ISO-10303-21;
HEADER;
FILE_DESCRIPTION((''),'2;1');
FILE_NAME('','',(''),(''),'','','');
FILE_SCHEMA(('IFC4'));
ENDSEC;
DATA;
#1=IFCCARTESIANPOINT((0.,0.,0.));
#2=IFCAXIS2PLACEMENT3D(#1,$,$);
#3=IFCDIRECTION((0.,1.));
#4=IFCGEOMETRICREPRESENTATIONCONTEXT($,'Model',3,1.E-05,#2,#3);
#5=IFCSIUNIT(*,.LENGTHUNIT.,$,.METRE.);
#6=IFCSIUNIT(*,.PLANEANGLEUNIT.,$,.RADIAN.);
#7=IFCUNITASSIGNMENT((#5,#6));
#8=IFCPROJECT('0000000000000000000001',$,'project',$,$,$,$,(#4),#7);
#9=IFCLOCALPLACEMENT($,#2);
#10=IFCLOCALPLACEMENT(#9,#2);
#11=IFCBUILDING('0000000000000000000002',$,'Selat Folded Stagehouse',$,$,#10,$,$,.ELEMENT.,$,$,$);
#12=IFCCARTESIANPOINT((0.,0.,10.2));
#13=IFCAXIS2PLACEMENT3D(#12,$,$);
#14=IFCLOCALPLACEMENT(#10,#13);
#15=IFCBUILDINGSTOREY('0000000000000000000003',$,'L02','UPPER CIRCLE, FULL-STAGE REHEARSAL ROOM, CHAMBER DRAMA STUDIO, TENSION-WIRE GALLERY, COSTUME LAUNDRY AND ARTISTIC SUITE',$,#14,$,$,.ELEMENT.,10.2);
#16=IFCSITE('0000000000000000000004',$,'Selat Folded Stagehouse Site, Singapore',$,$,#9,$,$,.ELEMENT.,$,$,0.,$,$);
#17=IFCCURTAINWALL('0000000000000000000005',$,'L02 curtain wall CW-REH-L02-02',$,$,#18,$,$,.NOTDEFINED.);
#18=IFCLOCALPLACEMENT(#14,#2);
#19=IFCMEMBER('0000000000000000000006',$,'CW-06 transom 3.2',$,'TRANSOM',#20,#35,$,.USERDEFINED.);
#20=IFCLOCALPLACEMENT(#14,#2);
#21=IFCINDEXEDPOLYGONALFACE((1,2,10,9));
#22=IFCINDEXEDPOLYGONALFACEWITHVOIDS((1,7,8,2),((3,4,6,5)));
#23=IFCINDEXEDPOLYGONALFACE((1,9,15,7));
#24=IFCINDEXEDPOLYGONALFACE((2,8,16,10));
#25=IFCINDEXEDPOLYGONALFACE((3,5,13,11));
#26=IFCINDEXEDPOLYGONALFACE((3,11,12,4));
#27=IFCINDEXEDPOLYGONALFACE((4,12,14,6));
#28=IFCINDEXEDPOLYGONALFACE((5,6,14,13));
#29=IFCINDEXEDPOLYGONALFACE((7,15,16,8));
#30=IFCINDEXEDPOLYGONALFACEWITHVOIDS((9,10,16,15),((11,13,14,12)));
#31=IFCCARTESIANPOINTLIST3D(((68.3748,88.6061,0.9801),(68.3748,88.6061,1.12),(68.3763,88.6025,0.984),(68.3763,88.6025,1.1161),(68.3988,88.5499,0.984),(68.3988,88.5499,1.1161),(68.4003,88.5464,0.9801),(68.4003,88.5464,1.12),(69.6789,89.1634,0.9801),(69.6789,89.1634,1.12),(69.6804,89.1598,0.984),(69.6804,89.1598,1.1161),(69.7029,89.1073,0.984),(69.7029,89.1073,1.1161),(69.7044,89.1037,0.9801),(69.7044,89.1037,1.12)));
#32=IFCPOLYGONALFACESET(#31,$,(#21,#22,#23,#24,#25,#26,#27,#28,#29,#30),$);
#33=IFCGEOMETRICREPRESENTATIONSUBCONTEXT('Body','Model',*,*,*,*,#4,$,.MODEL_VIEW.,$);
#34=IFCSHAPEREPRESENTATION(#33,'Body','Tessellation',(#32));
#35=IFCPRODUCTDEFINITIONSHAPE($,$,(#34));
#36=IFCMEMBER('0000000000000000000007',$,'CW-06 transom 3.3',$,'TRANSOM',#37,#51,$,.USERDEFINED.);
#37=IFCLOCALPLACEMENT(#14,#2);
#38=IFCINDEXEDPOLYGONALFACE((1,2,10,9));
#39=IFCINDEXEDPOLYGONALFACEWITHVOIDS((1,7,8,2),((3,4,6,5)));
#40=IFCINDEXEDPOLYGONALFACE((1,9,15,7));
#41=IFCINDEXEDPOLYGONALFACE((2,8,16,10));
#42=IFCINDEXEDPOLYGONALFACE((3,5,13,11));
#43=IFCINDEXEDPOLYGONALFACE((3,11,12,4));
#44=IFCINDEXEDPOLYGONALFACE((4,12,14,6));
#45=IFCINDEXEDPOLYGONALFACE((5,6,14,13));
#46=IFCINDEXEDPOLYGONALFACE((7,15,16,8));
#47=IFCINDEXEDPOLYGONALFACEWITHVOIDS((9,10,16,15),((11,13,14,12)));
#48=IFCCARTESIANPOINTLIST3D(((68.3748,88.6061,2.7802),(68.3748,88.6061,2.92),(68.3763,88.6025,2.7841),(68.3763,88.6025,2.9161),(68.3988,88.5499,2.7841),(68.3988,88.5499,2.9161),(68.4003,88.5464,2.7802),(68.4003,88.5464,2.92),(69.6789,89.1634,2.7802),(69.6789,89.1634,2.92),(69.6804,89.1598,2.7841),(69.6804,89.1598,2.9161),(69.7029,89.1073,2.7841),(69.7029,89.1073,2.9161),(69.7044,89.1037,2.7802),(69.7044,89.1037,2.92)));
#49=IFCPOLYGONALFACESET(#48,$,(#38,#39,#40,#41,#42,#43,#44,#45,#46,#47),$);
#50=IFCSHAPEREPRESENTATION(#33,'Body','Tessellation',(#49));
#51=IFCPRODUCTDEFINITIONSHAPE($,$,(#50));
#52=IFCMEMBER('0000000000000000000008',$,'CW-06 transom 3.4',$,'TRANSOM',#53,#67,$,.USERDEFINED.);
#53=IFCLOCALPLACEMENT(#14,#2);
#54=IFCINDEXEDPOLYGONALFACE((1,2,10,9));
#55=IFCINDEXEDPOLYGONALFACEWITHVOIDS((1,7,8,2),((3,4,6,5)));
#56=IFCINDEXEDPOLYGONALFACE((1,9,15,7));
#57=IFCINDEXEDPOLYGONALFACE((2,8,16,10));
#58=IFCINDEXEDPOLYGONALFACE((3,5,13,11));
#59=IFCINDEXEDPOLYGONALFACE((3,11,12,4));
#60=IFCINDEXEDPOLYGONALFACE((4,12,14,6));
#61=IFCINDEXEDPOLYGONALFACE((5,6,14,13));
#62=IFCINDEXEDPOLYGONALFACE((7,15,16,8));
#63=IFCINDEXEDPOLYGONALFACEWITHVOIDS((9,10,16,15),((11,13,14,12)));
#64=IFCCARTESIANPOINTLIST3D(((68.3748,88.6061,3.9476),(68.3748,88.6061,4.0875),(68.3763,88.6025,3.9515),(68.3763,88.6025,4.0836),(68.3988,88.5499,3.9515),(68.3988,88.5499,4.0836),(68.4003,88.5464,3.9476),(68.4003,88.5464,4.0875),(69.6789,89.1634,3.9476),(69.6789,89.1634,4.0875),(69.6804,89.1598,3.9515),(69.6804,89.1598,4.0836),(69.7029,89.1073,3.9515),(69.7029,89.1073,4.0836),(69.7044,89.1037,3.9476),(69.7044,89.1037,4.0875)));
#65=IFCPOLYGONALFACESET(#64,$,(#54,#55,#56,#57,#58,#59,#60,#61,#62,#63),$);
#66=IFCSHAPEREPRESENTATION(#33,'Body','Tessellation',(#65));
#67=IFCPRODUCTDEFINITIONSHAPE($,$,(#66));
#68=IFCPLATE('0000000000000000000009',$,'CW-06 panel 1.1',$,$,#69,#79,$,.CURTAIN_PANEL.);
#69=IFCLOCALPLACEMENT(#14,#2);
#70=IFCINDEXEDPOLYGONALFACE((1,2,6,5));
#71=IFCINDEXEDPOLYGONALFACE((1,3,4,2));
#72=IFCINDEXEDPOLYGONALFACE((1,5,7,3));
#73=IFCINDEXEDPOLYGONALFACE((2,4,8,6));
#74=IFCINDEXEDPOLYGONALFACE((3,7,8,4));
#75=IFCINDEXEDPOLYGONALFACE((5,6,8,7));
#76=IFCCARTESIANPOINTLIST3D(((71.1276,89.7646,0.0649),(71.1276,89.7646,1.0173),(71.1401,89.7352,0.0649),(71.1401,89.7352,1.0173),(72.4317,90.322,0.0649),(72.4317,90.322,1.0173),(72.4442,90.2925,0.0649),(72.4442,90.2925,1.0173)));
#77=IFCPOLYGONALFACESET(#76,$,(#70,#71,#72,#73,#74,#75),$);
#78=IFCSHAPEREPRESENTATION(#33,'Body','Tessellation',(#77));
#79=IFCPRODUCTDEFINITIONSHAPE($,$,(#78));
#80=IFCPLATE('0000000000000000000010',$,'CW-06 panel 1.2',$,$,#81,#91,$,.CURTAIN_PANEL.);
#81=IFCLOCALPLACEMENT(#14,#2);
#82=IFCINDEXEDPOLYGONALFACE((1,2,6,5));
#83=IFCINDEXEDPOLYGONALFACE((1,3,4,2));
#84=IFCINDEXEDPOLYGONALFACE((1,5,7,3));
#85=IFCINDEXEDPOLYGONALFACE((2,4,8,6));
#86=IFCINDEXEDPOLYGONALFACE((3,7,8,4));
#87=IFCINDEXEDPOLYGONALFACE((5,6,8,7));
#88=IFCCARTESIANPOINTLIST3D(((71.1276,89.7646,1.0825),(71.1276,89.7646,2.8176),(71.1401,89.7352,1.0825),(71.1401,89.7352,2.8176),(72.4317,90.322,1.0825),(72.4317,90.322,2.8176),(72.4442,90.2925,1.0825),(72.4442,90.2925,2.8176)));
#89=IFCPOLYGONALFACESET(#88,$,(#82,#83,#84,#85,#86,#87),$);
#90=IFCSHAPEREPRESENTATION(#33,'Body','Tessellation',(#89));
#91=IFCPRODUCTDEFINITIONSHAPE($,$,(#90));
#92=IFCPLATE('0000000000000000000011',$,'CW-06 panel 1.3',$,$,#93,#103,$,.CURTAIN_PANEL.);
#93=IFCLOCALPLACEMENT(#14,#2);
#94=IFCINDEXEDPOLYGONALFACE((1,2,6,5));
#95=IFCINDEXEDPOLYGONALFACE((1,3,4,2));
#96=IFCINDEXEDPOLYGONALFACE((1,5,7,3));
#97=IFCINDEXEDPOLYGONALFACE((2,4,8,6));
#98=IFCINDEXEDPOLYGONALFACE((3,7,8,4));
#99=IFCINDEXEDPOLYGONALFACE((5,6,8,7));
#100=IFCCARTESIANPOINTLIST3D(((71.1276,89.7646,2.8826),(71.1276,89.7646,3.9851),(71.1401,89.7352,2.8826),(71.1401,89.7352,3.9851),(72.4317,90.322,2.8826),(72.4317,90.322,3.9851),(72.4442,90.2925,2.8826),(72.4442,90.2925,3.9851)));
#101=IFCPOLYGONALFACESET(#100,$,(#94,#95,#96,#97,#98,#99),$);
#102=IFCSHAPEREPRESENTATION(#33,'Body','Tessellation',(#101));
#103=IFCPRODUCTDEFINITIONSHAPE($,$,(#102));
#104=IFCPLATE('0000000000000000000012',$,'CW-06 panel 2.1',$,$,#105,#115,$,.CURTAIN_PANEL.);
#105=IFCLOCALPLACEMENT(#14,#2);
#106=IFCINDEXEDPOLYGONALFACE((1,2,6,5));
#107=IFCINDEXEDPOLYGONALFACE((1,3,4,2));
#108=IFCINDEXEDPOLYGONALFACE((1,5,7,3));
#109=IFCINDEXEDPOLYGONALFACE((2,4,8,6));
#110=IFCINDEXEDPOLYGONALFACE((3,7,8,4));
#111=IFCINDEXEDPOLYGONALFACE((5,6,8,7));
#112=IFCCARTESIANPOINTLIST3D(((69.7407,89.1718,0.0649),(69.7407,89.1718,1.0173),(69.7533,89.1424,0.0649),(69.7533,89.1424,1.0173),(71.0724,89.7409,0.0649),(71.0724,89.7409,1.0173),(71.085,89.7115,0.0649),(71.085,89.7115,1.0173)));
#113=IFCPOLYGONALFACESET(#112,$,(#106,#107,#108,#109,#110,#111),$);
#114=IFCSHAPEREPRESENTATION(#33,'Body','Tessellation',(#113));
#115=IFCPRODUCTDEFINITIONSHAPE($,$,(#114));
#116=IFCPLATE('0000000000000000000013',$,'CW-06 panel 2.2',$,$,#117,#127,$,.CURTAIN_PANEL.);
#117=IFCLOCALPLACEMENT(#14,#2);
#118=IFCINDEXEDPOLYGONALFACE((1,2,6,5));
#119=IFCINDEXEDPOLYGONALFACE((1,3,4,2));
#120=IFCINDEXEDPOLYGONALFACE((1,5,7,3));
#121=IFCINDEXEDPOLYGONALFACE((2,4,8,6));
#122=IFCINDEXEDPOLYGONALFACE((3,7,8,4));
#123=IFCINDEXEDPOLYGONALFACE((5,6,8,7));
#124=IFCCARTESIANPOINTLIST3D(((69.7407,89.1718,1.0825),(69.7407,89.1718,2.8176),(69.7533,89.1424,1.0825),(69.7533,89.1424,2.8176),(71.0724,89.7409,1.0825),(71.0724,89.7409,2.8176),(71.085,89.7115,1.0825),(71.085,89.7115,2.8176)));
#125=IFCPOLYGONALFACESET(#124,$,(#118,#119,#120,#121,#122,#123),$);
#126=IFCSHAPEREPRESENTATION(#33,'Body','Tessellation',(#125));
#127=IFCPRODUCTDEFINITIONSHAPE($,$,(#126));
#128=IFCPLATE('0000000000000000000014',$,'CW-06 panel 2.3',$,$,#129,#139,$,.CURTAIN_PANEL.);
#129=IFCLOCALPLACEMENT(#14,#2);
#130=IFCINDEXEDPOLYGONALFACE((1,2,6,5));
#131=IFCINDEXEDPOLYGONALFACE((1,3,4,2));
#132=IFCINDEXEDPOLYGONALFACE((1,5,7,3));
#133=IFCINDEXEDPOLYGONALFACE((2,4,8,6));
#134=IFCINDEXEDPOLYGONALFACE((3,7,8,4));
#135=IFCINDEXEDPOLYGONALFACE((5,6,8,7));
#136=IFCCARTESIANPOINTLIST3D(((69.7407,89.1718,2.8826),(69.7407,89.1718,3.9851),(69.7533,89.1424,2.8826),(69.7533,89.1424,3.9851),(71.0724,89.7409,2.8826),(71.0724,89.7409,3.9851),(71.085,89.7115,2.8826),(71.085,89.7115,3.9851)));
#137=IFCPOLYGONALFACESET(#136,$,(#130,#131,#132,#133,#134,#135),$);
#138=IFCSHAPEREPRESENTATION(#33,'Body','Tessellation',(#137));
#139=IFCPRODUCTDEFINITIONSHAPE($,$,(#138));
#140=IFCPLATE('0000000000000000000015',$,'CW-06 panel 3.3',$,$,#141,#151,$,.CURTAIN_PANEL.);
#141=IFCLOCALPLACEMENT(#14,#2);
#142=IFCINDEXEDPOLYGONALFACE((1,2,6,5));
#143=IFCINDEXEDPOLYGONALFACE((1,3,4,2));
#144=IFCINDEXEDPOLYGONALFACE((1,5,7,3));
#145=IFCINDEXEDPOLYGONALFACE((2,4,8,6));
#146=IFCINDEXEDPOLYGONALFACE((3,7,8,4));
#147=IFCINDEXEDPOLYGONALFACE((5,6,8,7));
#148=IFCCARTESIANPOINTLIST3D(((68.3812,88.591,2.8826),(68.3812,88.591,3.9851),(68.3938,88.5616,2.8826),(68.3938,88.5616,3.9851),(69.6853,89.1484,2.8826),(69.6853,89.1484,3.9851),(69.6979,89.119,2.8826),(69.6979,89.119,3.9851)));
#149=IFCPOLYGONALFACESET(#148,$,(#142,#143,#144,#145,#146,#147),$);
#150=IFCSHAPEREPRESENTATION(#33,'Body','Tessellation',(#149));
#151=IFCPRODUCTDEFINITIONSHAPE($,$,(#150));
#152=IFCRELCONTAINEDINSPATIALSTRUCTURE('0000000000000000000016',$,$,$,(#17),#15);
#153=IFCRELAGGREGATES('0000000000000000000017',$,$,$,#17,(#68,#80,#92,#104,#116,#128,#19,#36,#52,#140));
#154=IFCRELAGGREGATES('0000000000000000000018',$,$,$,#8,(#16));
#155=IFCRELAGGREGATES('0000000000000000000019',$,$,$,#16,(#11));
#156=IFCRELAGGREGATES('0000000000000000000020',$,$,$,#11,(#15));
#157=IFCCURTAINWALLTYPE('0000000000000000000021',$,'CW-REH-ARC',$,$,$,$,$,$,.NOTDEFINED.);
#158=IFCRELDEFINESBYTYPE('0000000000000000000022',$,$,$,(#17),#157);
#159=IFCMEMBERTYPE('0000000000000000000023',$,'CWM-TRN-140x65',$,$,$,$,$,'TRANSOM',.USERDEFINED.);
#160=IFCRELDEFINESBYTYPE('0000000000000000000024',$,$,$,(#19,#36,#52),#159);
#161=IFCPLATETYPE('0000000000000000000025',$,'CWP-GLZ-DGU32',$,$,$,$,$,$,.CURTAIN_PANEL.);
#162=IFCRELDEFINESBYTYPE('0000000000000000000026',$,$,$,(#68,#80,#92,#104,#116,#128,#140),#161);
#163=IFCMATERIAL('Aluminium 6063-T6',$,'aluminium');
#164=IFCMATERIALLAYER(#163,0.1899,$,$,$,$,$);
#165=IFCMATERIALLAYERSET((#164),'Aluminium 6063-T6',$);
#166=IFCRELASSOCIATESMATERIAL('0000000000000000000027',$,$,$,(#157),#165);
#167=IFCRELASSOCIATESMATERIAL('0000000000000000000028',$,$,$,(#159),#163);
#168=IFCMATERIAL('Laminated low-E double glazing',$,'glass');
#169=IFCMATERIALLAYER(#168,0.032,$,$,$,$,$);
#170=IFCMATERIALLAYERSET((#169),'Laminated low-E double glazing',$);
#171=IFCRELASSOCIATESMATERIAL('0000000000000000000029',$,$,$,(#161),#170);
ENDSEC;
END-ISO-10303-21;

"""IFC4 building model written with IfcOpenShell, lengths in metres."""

from ifc_helpers import new_model, si_unit, direction, frame, origin, origin_2d, place, context, subcontext, project, spatial, rectangle, hollow_rectangle, extrude, material, layer, layer_set, material_profile, profile_set, type_object, element, aggregate, save


model = new_model("IFC4")

# Units and contexts
model_context = context("Model", 3, precision=1e-05, world=origin(), true_north=direction((0.0, 1.0)))
body_context = subcontext(model_context, "Body", "Model", "MODEL_VIEW")
ifc_project = project(units=[si_unit("LENGTHUNIT", "METRE"), si_unit("PLANEANGLEUNIT", "RADIAN")], contexts=[model_context])

# Site, building, storey
site_placement = place(None, origin())
site = spatial("IfcSite", under=ifc_project, at=site_placement, Name="Selat Folded Stagehouse Site, Singapore", CompositionType="ELEMENT", RefElevation=0.0)
building_placement = place(site_placement, origin())
building = spatial("IfcBuilding", under=site, at=building_placement, Name="Selat Folded Stagehouse", CompositionType="ELEMENT")
storey_placement = place(building_placement, frame((0.0, 0.0, 10.2)))
storey = spatial("IfcBuildingStorey", under=building, at=storey_placement, Name="L02", Description="UPPER CIRCLE, FULL-STAGE REHEARSAL ROOM, CHAMBER DRAMA STUDIO, TENSION-WIRE GALLERY, COSTUME LAUNDRY AND ARTISTIC SUITE", CompositionType="ELEMENT", Elevation=10.2)

# Curtain wall, members, plates
ifc_material_1 = material(Name="Aluminium 6063-T6", Category="aluminium")
ifc_layer_1 = layer(ifc_material_1, 0.1899)
ifc_layer_set_1 = layer_set([ifc_layer_1], Name="Aluminium 6063-T6")
curtain_wall_type = type_object("IfcCurtainWallType", Name="CW-REH-ARC", PredefinedType="NOTDEFINED", material=ifc_layer_set_1)
curtain_wall_placement = place(storey_placement, origin())
curtain_wall = element("IfcCurtainWall", 1, at=curtain_wall_placement, inside=storey, type_object=curtain_wall_type, Name="L02 curtain wall CW-REH-L02-02", PredefinedType="NOTDEFINED")
ifc_material_profile_1 = material_profile(ifc_material_1, hollow_rectangle(XDim=0.0649, YDim=0.1399, WallThickness=0.0039, at=origin_2d()), Name="ALU 140x65x4.0")
ifc_profile_set_1 = profile_set([ifc_material_profile_1], Name="Aluminium 6063-T6")
member_type_1 = type_object("IfcMemberType", Name="CWM-TRN-140x65", ElementType="TRANSOM", PredefinedType="USERDEFINED", material=ifc_profile_set_1)
member_1_placement = place(storey_placement, frame((69.6917, 89.1335, 1.05), z_axis=(-0.919545, -0.392984, 0.0), x_axis=(0.392984, -0.919545, 0.0)))
member_1 = element("IfcMember", 2, at=member_1_placement, type_object=member_type_1, Name="CW-06 transom 3.2", ObjectType="TRANSOM", PredefinedType="USERDEFINED", context=body_context, shape_type="SweptSolid", body=[
    extrude(hollow_rectangle(XDim=0.0649, YDim=0.1399, WallThickness=0.0039, at=origin_2d()), origin(), (0.0, 0.0, 1.0), 1.4182),
])
member_2_placement = place(storey_placement, frame((69.6917, 89.1335, 2.8501), z_axis=(-0.919545, -0.392984, 0.0), x_axis=(0.392984, -0.919545, 0.0)))
member_2 = element("IfcMember", 3, at=member_2_placement, type_object=member_type_1, Name="CW-06 transom 3.3", ObjectType="TRANSOM", PredefinedType="USERDEFINED", context=body_context, shape_type="SweptSolid", body=[
    extrude(hollow_rectangle(XDim=0.0649, YDim=0.1399, WallThickness=0.0039, at=origin_2d()), origin(), (0.0, 0.0, 1.0), 1.4182),
])
member_3_placement = place(storey_placement, frame((69.6917, 89.1335, 4.0176), z_axis=(-0.919545, -0.392984, 0.0), x_axis=(0.392984, -0.919545, 0.0)))
member_3 = element("IfcMember", 4, at=member_3_placement, type_object=member_type_1, Name="CW-06 transom 3.4", ObjectType="TRANSOM", PredefinedType="USERDEFINED", context=body_context, shape_type="SweptSolid", body=[
    extrude(hollow_rectangle(XDim=0.0649, YDim=0.1399, WallThickness=0.0039, at=origin_2d()), origin(), (0.0, 0.0, 1.0), 1.4182),
])
ifc_material_2 = material(Name="Laminated low-E double glazing", Category="glass")
ifc_layer_2 = layer(ifc_material_2, 0.032)
ifc_layer_set_2 = layer_set([ifc_layer_2], Name="Laminated low-E double glazing")
plate_type = type_object("IfcPlateType", Name="CWP-GLZ-DGU32", PredefinedType="CURTAIN_PANEL", material=ifc_layer_set_2)
plate_1_placement = place(storey_placement, frame((71.7859, 90.0286, 0.0649), z_axis=(0.0, 0.0, 1.0), x_axis=(-0.919533, -0.393012, 0.0)))
plate_1 = element("IfcPlate", 5, at=plate_1_placement, type_object=plate_type, Name="CW-06 panel 1.1", PredefinedType="CURTAIN_PANEL", context=body_context, shape_type="SweptSolid", body=[
    extrude(rectangle(XDim=1.4182, YDim=0.032, at=origin_2d()), origin(), (0.0, 0.0, 1.0), 0.9524),
])
plate_2_placement = place(storey_placement, frame((71.7859, 90.0286, 1.0825), z_axis=(0.0, 0.0, 1.0), x_axis=(-0.919533, -0.393012, 0.0)))
plate_2 = element("IfcPlate", 6, at=plate_2_placement, type_object=plate_type, Name="CW-06 panel 1.2", PredefinedType="CURTAIN_PANEL", context=body_context, shape_type="SweptSolid", body=[
    extrude(rectangle(XDim=1.4182, YDim=0.032, at=origin_2d()), origin(), (0.0, 0.0, 1.0), 1.7351),
])
plate_3_placement = place(storey_placement, frame((71.7859, 90.0286, 2.8826), z_axis=(0.0, 0.0, 1.0), x_axis=(-0.919533, -0.393012, 0.0)))
plate_3 = element("IfcPlate", 7, at=plate_3_placement, type_object=plate_type, Name="CW-06 panel 1.3", PredefinedType="CURTAIN_PANEL", context=body_context, shape_type="SweptSolid", body=[
    extrude(rectangle(XDim=1.4182, YDim=0.032, at=origin_2d()), origin(), (0.0, 0.0, 1.0), 1.1025),
])
plate_4_placement = place(storey_placement, frame((70.4128, 89.4417, 0.0649), z_axis=(0.0, 0.0, 1.0), x_axis=(-0.919533, -0.393012, 0.0)))
plate_4 = element("IfcPlate", 8, at=plate_4_placement, type_object=plate_type, Name="CW-06 panel 2.1", PredefinedType="CURTAIN_PANEL", context=body_context, shape_type="SweptSolid", body=[
    extrude(rectangle(XDim=1.4482, YDim=0.032, at=origin_2d()), origin(), (0.0, 0.0, 1.0), 0.9524),
])
plate_5_placement = place(storey_placement, frame((70.4128, 89.4417, 1.0825), z_axis=(0.0, 0.0, 1.0), x_axis=(-0.919533, -0.393012, 0.0)))
plate_5 = element("IfcPlate", 9, at=plate_5_placement, type_object=plate_type, Name="CW-06 panel 2.2", PredefinedType="CURTAIN_PANEL", context=body_context, shape_type="SweptSolid", body=[
    extrude(rectangle(XDim=1.4482, YDim=0.032, at=origin_2d()), origin(), (0.0, 0.0, 1.0), 1.7351),
])
plate_6_placement = place(storey_placement, frame((70.4128, 89.4417, 2.8826), z_axis=(0.0, 0.0, 1.0), x_axis=(-0.919533, -0.393012, 0.0)))
plate_6 = element("IfcPlate", 10, at=plate_6_placement, type_object=plate_type, Name="CW-06 panel 2.3", PredefinedType="CURTAIN_PANEL", context=body_context, shape_type="SweptSolid", body=[
    extrude(rectangle(XDim=1.4482, YDim=0.032, at=origin_2d()), origin(), (0.0, 0.0, 1.0), 1.1025),
])
plate_7_placement = place(storey_placement, frame((69.0396, 88.855, 2.8826), z_axis=(0.0, 0.0, 1.0), x_axis=(-0.919533, -0.393012, 0.0)))
plate_7 = element("IfcPlate", 11, at=plate_7_placement, type_object=plate_type, Name="CW-06 panel 3.3", PredefinedType="CURTAIN_PANEL", context=body_context, shape_type="SweptSolid", body=[
    extrude(rectangle(XDim=1.4182, YDim=0.032, at=origin_2d()), origin(), (0.0, 0.0, 1.0), 1.1025),
])
aggregate(curtain_wall, [plate_1, plate_2, plate_3, plate_4, plate_5, plate_6, member_1, member_2, member_3, plate_7])

save(model, "model.ifc")
